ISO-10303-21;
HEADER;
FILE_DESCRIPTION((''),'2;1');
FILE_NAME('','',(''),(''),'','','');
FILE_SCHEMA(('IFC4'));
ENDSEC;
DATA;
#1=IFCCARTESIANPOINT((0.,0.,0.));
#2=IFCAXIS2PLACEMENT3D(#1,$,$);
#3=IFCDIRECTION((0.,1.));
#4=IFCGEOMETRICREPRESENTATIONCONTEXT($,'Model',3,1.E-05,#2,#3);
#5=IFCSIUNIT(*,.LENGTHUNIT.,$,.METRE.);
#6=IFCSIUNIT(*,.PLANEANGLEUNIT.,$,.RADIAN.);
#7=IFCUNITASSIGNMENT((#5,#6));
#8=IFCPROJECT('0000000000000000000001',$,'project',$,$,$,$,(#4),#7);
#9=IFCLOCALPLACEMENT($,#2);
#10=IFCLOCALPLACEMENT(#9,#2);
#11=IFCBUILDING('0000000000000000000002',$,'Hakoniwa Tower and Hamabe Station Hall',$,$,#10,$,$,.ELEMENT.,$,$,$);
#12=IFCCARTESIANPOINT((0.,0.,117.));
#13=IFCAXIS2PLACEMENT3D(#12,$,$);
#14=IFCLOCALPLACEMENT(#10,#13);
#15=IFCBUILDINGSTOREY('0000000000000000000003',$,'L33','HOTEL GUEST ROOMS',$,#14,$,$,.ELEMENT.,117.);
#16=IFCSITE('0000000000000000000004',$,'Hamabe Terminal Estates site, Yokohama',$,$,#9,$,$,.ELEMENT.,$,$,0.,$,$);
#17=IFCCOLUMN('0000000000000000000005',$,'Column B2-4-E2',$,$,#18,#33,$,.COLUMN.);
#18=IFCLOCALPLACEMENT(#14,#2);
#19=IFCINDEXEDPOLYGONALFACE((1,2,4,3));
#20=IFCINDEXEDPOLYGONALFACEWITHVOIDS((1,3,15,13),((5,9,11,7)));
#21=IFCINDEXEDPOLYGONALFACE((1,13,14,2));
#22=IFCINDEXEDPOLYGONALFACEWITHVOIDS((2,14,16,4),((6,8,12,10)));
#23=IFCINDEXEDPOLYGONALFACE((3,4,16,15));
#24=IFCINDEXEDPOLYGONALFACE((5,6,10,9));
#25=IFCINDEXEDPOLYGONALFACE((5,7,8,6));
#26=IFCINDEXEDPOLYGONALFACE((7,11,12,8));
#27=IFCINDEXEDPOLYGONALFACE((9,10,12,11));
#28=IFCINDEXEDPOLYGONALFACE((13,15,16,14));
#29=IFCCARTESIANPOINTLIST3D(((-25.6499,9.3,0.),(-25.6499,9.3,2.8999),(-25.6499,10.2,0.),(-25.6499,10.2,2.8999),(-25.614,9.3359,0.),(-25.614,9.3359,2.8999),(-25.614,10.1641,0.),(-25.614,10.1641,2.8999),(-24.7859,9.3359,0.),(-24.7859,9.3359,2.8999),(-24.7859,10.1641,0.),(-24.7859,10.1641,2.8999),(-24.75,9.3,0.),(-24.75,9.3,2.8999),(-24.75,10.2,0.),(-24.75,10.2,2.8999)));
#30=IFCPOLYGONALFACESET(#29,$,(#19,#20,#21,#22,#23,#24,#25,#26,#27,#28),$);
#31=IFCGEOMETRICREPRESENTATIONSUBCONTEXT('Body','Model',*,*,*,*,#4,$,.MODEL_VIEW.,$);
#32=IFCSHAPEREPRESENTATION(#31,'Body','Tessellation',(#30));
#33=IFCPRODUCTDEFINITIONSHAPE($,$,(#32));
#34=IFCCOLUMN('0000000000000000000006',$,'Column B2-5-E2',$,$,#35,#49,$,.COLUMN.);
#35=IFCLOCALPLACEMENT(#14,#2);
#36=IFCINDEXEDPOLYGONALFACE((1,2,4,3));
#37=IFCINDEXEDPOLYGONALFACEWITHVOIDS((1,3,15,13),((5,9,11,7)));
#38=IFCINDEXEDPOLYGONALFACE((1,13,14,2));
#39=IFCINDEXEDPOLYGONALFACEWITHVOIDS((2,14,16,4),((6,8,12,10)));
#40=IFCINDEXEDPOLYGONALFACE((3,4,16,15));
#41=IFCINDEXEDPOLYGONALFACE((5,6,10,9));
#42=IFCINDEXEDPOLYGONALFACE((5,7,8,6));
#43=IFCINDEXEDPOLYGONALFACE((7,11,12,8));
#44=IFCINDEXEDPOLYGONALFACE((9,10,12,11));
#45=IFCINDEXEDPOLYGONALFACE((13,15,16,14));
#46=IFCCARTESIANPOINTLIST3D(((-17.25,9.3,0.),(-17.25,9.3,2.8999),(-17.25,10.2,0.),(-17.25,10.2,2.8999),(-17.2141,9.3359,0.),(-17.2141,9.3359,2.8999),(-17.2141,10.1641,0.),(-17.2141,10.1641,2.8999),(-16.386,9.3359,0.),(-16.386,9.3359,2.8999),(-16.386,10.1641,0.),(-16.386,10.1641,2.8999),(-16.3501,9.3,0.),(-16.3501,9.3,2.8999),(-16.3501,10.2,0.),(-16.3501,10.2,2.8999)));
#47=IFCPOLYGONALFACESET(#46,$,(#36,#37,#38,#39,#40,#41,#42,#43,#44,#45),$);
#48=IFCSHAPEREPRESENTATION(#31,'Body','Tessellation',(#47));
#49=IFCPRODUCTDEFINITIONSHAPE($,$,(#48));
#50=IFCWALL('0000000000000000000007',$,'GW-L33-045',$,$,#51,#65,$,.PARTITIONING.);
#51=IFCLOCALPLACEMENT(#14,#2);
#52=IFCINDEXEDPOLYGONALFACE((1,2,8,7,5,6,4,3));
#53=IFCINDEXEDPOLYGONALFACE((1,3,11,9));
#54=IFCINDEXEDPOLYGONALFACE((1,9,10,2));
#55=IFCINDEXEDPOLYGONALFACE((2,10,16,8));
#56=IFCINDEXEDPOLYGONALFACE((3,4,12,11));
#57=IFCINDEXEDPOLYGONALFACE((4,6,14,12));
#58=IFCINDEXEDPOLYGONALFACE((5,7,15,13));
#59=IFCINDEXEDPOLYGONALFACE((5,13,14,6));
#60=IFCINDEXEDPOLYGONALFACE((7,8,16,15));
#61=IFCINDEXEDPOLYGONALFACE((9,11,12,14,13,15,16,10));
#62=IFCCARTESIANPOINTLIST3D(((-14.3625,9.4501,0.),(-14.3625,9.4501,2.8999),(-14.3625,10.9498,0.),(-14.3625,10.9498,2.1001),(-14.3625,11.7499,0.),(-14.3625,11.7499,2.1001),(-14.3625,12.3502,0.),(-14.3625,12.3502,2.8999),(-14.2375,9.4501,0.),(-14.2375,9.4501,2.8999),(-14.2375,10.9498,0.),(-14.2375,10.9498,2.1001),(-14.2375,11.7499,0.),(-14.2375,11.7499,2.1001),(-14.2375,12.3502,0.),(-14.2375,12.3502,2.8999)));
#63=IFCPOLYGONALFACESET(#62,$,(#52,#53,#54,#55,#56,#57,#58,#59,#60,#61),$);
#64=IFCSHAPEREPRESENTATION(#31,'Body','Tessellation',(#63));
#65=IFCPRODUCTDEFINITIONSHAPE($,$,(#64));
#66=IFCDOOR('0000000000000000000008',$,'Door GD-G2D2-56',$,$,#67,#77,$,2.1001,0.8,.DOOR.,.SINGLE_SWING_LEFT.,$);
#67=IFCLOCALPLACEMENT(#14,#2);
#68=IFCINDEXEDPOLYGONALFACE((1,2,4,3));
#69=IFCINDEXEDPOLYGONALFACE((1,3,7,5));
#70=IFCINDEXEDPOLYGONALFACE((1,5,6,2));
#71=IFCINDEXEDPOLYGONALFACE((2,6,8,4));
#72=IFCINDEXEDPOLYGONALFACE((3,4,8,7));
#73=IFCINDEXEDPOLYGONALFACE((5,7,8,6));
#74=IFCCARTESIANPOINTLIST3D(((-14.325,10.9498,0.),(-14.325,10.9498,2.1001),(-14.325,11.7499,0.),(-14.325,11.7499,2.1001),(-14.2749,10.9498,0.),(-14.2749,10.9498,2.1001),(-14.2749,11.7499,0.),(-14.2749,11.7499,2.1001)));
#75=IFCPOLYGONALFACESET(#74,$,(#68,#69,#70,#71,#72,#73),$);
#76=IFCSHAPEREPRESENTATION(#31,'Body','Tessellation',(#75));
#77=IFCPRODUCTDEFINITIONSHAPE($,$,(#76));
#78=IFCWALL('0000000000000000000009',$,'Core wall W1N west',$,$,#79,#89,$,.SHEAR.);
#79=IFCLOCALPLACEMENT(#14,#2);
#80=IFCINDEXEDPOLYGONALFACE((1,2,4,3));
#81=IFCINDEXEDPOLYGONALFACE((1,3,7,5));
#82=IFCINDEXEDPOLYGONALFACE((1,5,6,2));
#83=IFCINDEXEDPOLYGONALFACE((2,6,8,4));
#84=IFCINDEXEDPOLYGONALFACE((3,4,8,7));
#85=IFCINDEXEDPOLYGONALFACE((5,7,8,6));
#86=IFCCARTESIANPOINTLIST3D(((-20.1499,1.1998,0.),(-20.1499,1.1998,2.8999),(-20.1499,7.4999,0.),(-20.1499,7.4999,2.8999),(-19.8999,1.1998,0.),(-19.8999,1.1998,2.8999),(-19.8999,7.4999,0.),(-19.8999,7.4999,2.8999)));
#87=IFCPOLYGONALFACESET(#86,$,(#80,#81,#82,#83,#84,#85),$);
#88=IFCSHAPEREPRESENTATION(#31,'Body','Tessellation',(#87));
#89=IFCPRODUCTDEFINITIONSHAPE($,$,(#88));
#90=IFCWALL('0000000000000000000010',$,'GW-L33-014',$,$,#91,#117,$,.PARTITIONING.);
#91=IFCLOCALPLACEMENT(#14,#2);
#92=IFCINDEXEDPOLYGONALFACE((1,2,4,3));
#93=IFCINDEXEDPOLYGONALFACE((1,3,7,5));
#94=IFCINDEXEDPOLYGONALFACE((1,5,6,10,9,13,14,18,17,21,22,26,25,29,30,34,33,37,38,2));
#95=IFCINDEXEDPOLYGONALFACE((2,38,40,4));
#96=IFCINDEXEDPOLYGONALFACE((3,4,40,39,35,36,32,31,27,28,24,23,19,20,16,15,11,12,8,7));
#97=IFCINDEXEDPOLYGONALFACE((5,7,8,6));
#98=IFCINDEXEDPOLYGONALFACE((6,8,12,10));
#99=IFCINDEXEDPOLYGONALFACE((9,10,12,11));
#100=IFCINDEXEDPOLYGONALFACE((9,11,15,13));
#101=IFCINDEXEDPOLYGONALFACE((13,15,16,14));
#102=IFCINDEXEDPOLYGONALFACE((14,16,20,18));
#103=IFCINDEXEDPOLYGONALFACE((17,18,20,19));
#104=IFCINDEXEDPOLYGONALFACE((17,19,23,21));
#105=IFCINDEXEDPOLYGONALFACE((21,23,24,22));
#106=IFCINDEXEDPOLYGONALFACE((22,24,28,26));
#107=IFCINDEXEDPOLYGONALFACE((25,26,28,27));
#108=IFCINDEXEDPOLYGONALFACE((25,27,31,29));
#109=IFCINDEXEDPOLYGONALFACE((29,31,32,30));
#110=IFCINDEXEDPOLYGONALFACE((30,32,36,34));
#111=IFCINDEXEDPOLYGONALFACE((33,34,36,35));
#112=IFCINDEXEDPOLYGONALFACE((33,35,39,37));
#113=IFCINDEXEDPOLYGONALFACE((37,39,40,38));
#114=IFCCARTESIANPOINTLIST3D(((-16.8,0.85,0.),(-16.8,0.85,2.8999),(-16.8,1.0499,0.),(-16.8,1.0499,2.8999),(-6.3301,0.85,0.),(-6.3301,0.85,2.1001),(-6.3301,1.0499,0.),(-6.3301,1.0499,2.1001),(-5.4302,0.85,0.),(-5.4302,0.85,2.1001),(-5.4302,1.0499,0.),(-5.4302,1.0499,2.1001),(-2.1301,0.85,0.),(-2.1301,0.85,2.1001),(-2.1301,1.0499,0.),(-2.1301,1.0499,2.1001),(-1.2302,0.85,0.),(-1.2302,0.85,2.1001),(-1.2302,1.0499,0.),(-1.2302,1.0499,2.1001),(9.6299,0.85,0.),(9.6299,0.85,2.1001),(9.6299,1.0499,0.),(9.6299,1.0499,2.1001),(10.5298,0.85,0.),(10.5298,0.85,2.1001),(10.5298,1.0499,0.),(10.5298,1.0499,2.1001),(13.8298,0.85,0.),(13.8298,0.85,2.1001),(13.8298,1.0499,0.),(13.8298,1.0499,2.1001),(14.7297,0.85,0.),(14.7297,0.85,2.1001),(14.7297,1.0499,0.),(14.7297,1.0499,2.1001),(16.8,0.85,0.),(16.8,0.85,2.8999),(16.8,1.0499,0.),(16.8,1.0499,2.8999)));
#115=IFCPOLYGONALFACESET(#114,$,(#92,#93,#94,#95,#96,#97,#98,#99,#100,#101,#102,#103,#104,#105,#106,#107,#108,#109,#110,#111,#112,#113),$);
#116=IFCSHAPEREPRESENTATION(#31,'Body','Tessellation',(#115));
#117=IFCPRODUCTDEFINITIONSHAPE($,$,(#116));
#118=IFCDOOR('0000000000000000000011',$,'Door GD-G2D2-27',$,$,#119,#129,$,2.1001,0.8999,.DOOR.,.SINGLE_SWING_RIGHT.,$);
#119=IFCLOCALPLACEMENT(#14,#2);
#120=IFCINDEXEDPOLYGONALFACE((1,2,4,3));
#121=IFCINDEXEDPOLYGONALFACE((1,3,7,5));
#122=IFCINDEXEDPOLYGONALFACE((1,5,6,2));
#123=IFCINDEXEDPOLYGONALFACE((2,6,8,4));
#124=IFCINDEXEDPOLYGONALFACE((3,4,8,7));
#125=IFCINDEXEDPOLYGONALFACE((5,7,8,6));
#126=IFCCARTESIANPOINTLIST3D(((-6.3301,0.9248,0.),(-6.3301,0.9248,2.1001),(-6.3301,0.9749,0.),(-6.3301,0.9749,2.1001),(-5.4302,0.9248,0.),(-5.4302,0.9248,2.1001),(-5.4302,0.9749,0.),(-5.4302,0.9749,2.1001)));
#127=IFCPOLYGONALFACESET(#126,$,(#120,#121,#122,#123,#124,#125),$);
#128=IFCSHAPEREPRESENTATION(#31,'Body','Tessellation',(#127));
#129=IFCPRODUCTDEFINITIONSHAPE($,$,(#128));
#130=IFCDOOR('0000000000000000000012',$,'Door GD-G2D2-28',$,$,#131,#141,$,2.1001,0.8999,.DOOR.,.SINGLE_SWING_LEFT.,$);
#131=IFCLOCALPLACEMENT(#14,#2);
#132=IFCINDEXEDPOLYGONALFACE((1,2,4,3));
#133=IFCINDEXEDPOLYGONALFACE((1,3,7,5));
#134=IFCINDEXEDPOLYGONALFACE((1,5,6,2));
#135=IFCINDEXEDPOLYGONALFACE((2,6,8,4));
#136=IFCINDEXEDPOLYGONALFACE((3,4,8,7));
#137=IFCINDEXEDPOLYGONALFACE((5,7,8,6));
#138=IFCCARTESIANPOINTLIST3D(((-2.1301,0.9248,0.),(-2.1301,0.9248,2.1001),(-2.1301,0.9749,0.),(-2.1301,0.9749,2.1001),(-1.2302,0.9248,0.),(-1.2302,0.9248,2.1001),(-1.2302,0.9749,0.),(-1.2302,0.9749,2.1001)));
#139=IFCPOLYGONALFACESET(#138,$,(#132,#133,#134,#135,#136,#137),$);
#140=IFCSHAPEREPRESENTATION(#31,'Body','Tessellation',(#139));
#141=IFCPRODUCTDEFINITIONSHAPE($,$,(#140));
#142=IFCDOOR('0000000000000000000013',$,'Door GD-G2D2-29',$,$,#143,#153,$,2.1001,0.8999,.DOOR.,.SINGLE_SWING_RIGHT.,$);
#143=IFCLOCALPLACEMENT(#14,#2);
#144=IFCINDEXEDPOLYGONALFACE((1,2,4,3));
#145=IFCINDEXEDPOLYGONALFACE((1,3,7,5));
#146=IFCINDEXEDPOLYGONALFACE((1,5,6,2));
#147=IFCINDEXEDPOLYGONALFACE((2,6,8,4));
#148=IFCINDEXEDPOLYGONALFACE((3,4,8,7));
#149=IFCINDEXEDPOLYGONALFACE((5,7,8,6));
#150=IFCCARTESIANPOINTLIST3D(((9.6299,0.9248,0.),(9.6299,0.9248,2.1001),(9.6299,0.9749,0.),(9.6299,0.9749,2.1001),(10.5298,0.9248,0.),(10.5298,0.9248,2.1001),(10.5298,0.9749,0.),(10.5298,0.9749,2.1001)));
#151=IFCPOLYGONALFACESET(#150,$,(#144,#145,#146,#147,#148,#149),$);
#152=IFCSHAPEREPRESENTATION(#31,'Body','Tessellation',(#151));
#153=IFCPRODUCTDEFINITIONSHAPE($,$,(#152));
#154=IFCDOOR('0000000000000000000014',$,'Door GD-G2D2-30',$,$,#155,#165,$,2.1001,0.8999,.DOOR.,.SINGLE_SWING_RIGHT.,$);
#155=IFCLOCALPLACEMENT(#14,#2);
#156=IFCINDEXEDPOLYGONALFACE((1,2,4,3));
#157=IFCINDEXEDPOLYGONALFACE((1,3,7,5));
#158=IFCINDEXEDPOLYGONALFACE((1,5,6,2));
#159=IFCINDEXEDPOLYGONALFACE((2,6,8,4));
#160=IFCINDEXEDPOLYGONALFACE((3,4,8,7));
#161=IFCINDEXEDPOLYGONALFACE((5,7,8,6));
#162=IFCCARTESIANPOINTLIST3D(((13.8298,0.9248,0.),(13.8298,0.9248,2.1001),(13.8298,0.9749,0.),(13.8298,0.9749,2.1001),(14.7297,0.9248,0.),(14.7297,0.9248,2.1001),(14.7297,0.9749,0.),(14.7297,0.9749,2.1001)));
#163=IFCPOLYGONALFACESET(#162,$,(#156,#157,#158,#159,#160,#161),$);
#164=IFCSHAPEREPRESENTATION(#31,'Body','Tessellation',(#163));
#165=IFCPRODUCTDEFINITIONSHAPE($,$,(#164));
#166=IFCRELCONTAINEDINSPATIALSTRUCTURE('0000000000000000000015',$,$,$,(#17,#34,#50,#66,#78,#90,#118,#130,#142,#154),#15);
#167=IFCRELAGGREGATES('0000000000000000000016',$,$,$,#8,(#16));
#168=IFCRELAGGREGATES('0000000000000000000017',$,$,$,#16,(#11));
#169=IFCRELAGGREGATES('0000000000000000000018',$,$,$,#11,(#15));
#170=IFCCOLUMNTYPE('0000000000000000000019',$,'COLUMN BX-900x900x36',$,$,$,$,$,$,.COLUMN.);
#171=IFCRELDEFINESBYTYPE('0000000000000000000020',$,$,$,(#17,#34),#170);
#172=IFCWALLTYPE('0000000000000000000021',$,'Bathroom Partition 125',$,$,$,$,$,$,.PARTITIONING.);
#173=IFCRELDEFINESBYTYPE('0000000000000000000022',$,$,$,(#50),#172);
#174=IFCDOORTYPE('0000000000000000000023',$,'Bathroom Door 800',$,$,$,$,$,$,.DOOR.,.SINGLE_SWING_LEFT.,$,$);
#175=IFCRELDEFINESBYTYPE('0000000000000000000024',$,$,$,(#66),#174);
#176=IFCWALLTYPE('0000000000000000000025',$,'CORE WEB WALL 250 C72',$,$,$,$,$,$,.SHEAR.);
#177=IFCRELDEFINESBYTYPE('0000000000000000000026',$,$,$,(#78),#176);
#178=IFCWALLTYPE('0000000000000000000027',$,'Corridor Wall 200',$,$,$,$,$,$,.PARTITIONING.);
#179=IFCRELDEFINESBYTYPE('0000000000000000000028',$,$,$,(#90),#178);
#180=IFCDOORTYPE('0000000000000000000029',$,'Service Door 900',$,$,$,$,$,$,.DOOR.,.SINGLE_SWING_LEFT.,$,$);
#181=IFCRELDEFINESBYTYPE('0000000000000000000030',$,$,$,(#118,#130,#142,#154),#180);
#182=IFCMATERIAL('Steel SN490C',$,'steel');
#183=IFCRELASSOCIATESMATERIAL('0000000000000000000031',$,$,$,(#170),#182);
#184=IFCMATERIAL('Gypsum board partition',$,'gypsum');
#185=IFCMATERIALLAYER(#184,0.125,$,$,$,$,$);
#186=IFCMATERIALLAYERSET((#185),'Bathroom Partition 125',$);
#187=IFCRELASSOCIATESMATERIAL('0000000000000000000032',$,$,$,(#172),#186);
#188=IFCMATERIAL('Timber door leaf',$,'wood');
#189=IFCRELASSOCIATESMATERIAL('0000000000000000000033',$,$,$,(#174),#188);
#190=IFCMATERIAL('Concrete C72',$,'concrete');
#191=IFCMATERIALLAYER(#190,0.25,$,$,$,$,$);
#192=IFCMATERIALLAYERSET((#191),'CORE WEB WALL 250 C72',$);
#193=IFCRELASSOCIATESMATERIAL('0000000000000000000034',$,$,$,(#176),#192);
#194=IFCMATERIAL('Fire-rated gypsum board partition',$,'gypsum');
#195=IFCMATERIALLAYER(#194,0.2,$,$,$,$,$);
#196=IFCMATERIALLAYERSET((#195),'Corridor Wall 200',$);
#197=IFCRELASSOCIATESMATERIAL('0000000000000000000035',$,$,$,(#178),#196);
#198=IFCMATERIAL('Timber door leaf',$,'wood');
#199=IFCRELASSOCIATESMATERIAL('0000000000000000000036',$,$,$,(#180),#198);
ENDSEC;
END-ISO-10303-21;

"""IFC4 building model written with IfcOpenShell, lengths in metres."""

from ifc_helpers import new_model, si_unit, direction, frame, frame_2d, origin, origin_2d, place, context, subcontext, project, spatial, rectangle, hollow_rectangle, extrude, material, layer, layer_set, material_profile, profile_set, type_object, element, fill, save


model = new_model("IFC4")

# Units and contexts
model_context = context("Model", 3, precision=1e-05, world=origin(), true_north=direction((0.0, 1.0)))
body_context = subcontext(model_context, "Body", "Model", "MODEL_VIEW")
ifc_project = project(units=[si_unit("LENGTHUNIT", "METRE"), si_unit("PLANEANGLEUNIT", "RADIAN")], contexts=[model_context])

# Site, building, storey
site_placement = place(None, origin())
site = spatial("IfcSite", under=ifc_project, at=site_placement, Name="Hamabe Terminal Estates site, Yokohama", CompositionType="ELEMENT", RefElevation=0.0)
building_placement = place(site_placement, origin())
building = spatial("IfcBuilding", under=site, at=building_placement, Name="Hakoniwa Tower and Hamabe Station Hall", CompositionType="ELEMENT")
storey_placement = place(building_placement, frame((0.0, 0.0, 117.0)))
storey = spatial("IfcBuildingStorey", under=building, at=storey_placement, Name="L33", Description="HOTEL GUEST ROOMS", CompositionType="ELEMENT", Elevation=117.0)

# Columns
ifc_material_1 = material(Name="Steel SN490C", Category="steel")
ifc_material_profile = material_profile(ifc_material_1, hollow_rectangle(XDim=0.8999, YDim=0.8999, WallThickness=0.0359, at=origin_2d()), Name="BX-900x900x36")
ifc_profile_set = profile_set([ifc_material_profile], Name="Steel SN490C")
column_type = type_object("IfcColumnType", Name="COLUMN BX-900x900x36", PredefinedType="COLUMN", material=ifc_profile_set)
for number, where, z_axis, x_axis, name in (
    (1, (-25.2, 9.75, 0.0), (0.0, 0.0, 1.0), (1.0, 0.0, 0.0), "Column B2-4-E2"),
    (2, (-16.8, 9.75, 0.0), (0.0, 0.0, 1.0), (1.0, 0.0, 0.0), "Column B2-5-E2"),
):
    element("IfcColumn", number, at=place(storey_placement, frame(where, z_axis=z_axis, x_axis=x_axis)), inside=storey, type_object=column_type, Name=name, PredefinedType="COLUMN", context=body_context, shape_type="SweptSolid", body=[
        extrude(hollow_rectangle(XDim=0.8999, YDim=0.8999, WallThickness=0.0359, at=origin_2d()), origin(), (0.0, 0.0, 1.0), 2.8999),
    ])

# Wall, opening, door
ifc_material_2 = material(Name="Gypsum board partition", Category="gypsum")
ifc_layer_1 = layer(ifc_material_2, 0.125)
ifc_layer_set_1 = layer_set([ifc_layer_1], Name="Bathroom Partition 125")
wall_type_1 = type_object("IfcWallType", Name="Bathroom Partition 125", PredefinedType="PARTITIONING", material=ifc_layer_set_1)
wall_1_placement = place(storey_placement, frame((-14.3, 9.45, 0.0), z_axis=(0.0, 0.0, 1.0), x_axis=(0.0, 1.0, 0.0)))
wall_1 = element("IfcWall", 3, at=wall_1_placement, inside=storey, type_object=wall_type_1, Name="GW-L33-045", PredefinedType="PARTITIONING", context=body_context, shape_type="SweptSolid", body=[
    extrude(rectangle(XDim=2.9001, YDim=0.125, at=frame_2d((1.4502, 0.0))), origin(), (0.0, 0.0, 1.0), 2.8999),
])
opening_1_placement = place(wall_1_placement, frame((1.5, 0.0, 0.0)))
opening_1 = element("IfcOpeningElement", 4, at=opening_1_placement, cuts=wall_1, PredefinedType="OPENING", context=body_context, shape_type="SweptSolid", body=[
    extrude(rectangle(XDim=0.8, YDim=2.1001, at=frame_2d((0.3999, 1.05))), frame((0.0, 0.0725, 0.0), z_axis=(0.0, -1.0, 0.0), x_axis=(1.0, 0.0, 0.0)), (0.0, 0.0, 1.0), 0.145),
])
ifc_material_3 = material(Name="Timber door leaf", Category="wood")
door_type_1 = type_object("IfcDoorType", Name="Bathroom Door 800", OperationType="SINGLE_SWING_LEFT", PredefinedType="DOOR", material=ifc_material_3)
door_1_placement = place(opening_1_placement, origin())
door_1 = element("IfcDoor", 5, at=door_1_placement, inside=storey, type_object=door_type_1, Name="Door GD-G2D2-56", OperationType="SINGLE_SWING_LEFT", OverallHeight=2.1001, OverallWidth=0.8, PredefinedType="DOOR", context=body_context, shape_type="SweptSolid", body=[
    extrude(rectangle(XDim=0.8, YDim=2.1001, at=frame_2d((0.3999, 1.05))), frame((0.0, 0.0249, 0.0), z_axis=(0.0, -1.0, 0.0), x_axis=(1.0, 0.0, 0.0)), (0.0, 0.0, 1.0), 0.05),
])
fill(opening_1, door_1)

# Wall
ifc_material_4 = material(Name="Concrete C72", Category="concrete")
ifc_layer_2 = layer(ifc_material_4, 0.25)
ifc_layer_set_2 = layer_set([ifc_layer_2], Name="CORE WEB WALL 250 C72")
wall_type_2 = type_object("IfcWallType", Name="CORE WEB WALL 250 C72", PredefinedType="SHEAR", material=ifc_layer_set_2)
wall_2_placement = place(storey_placement, frame((-20.0249, 1.2, 0.0), z_axis=(0.0, 0.0, 1.0), x_axis=(0.0, 1.0, 0.0)))
element("IfcWall", 6, at=wall_2_placement, inside=storey, type_object=wall_type_2, Name="Core wall W1N west", PredefinedType="SHEAR", context=body_context, shape_type="SweptSolid", body=[
    extrude(rectangle(XDim=6.3, YDim=0.25, at=frame_2d((3.1499, 0.0))), origin(), (0.0, 0.0, 1.0), 2.8999),
])

# Wall, openings, doors
ifc_material_5 = material(Name="Fire-rated gypsum board partition", Category="gypsum")
ifc_layer_3 = layer(ifc_material_5, 0.2)
ifc_layer_set_3 = layer_set([ifc_layer_3], Name="Corridor Wall 200")
wall_type_3 = type_object("IfcWallType", Name="Corridor Wall 200", PredefinedType="PARTITIONING", material=ifc_layer_set_3)
wall_3_placement = place(storey_placement, frame((-16.8, 0.95, 0.0), z_axis=(0.0, 0.0, 1.0), x_axis=(1.0, 0.0, 0.0)))
wall_3 = element("IfcWall", 7, at=wall_3_placement, inside=storey, type_object=wall_type_3, Name="GW-L33-014", PredefinedType="PARTITIONING", context=body_context, shape_type="SweptSolid", body=[
    extrude(rectangle(XDim=33.6001, YDim=0.2, at=frame_2d((16.8, 0.0))), origin(), (0.0, 0.0, 1.0), 2.8999),
])
opening_2_placement = place(wall_3_placement, frame((10.47, 0.0, 0.0)))
opening_2 = element("IfcOpeningElement", 8, at=opening_2_placement, cuts=wall_3, PredefinedType="OPENING", context=body_context, shape_type="SweptSolid", body=[
    extrude(rectangle(XDim=0.8999, YDim=2.1001, at=frame_2d((0.45, 1.05))), frame((0.0, 0.1099, 0.0), z_axis=(0.0, -1.0, 0.0), x_axis=(1.0, 0.0, 0.0)), (0.0, 0.0, 1.0), 0.22),
])
opening_3_placement = place(wall_3_placement, frame((14.6699, 0.0, 0.0)))
opening_3 = element("IfcOpeningElement", 9, at=opening_3_placement, cuts=wall_3, PredefinedType="OPENING", context=body_context, shape_type="SweptSolid", body=[
    extrude(rectangle(XDim=0.8999, YDim=2.1001, at=frame_2d((0.45, 1.05))), frame((0.0, 0.1099, 0.0), z_axis=(0.0, -1.0, 0.0), x_axis=(1.0, 0.0, 0.0)), (0.0, 0.0, 1.0), 0.22),
])
opening_4_placement = place(wall_3_placement, frame((26.4299, 0.0, 0.0)))
opening_4 = element("IfcOpeningElement", 10, at=opening_4_placement, cuts=wall_3, PredefinedType="OPENING", context=body_context, shape_type="SweptSolid", body=[
    extrude(rectangle(XDim=0.8999, YDim=2.1001, at=frame_2d((0.45, 1.05))), frame((0.0, 0.1099, 0.0), z_axis=(0.0, -1.0, 0.0), x_axis=(1.0, 0.0, 0.0)), (0.0, 0.0, 1.0), 0.22),
])
opening_5_placement = place(wall_3_placement, frame((30.6299, 0.0, 0.0)))
opening_5 = element("IfcOpeningElement", 11, at=opening_5_placement, cuts=wall_3, PredefinedType="OPENING", context=body_context, shape_type="SweptSolid", body=[
    extrude(rectangle(XDim=0.8999, YDim=2.1001, at=frame_2d((0.45, 1.05))), frame((0.0, 0.1099, 0.0), z_axis=(0.0, -1.0, 0.0), x_axis=(1.0, 0.0, 0.0)), (0.0, 0.0, 1.0), 0.22),
])
ifc_material_6 = material(Name="Timber door leaf", Category="wood")
door_type_2 = type_object("IfcDoorType", Name="Service Door 900", OperationType="SINGLE_SWING_LEFT", PredefinedType="DOOR", material=ifc_material_6)
door_2_placement = place(opening_2_placement, origin())
door_2 = element("IfcDoor", 12, at=door_2_placement, inside=storey, type_object=door_type_2, Name="Door GD-G2D2-27", OperationType="SINGLE_SWING_RIGHT", OverallHeight=2.1001, OverallWidth=0.8999, PredefinedType="DOOR", context=body_context, shape_type="SweptSolid", body=[
    extrude(rectangle(XDim=0.8999, YDim=2.1001, at=frame_2d((0.45, 1.05))), frame((0.0, 0.0249, 0.0), z_axis=(0.0, -1.0, 0.0), x_axis=(1.0, 0.0, 0.0)), (0.0, 0.0, 1.0), 0.05),
])
fill(opening_2, door_2)
door_3_placement = place(opening_3_placement, origin())
door_3 = element("IfcDoor", 13, at=door_3_placement, inside=storey, type_object=door_type_2, Name="Door GD-G2D2-28", OperationType="SINGLE_SWING_LEFT", OverallHeight=2.1001, OverallWidth=0.8999, PredefinedType="DOOR", context=body_context, shape_type="SweptSolid", body=[
    extrude(rectangle(XDim=0.8999, YDim=2.1001, at=frame_2d((0.45, 1.05))), frame((0.0, 0.0249, 0.0), z_axis=(0.0, -1.0, 0.0), x_axis=(1.0, 0.0, 0.0)), (0.0, 0.0, 1.0), 0.05),
])
fill(opening_3, door_3)
door_4_placement = place(opening_4_placement, origin())
door_4 = element("IfcDoor", 14, at=door_4_placement, inside=storey, type_object=door_type_2, Name="Door GD-G2D2-29", OperationType="SINGLE_SWING_RIGHT", OverallHeight=2.1001, OverallWidth=0.8999, PredefinedType="DOOR", context=body_context, shape_type="SweptSolid", body=[
    extrude(rectangle(XDim=0.8999, YDim=2.1001, at=frame_2d((0.45, 1.05))), frame((0.0, 0.0249, 0.0), z_axis=(0.0, -1.0, 0.0), x_axis=(1.0, 0.0, 0.0)), (0.0, 0.0, 1.0), 0.05),
])
fill(opening_4, door_4)
door_5_placement = place(opening_5_placement, origin())
door_5 = element("IfcDoor", 15, at=door_5_placement, inside=storey, type_object=door_type_2, Name="Door GD-G2D2-30", OperationType="SINGLE_SWING_RIGHT", OverallHeight=2.1001, OverallWidth=0.8999, PredefinedType="DOOR", context=body_context, shape_type="SweptSolid", body=[
    extrude(rectangle(XDim=0.8999, YDim=2.1001, at=frame_2d((0.45, 1.05))), frame((0.0, 0.0249, 0.0), z_axis=(0.0, -1.0, 0.0), x_axis=(1.0, 0.0, 0.0)), (0.0, 0.0, 1.0), 0.05),
])
fill(opening_5, door_5)

save(model, "model.ifc")
